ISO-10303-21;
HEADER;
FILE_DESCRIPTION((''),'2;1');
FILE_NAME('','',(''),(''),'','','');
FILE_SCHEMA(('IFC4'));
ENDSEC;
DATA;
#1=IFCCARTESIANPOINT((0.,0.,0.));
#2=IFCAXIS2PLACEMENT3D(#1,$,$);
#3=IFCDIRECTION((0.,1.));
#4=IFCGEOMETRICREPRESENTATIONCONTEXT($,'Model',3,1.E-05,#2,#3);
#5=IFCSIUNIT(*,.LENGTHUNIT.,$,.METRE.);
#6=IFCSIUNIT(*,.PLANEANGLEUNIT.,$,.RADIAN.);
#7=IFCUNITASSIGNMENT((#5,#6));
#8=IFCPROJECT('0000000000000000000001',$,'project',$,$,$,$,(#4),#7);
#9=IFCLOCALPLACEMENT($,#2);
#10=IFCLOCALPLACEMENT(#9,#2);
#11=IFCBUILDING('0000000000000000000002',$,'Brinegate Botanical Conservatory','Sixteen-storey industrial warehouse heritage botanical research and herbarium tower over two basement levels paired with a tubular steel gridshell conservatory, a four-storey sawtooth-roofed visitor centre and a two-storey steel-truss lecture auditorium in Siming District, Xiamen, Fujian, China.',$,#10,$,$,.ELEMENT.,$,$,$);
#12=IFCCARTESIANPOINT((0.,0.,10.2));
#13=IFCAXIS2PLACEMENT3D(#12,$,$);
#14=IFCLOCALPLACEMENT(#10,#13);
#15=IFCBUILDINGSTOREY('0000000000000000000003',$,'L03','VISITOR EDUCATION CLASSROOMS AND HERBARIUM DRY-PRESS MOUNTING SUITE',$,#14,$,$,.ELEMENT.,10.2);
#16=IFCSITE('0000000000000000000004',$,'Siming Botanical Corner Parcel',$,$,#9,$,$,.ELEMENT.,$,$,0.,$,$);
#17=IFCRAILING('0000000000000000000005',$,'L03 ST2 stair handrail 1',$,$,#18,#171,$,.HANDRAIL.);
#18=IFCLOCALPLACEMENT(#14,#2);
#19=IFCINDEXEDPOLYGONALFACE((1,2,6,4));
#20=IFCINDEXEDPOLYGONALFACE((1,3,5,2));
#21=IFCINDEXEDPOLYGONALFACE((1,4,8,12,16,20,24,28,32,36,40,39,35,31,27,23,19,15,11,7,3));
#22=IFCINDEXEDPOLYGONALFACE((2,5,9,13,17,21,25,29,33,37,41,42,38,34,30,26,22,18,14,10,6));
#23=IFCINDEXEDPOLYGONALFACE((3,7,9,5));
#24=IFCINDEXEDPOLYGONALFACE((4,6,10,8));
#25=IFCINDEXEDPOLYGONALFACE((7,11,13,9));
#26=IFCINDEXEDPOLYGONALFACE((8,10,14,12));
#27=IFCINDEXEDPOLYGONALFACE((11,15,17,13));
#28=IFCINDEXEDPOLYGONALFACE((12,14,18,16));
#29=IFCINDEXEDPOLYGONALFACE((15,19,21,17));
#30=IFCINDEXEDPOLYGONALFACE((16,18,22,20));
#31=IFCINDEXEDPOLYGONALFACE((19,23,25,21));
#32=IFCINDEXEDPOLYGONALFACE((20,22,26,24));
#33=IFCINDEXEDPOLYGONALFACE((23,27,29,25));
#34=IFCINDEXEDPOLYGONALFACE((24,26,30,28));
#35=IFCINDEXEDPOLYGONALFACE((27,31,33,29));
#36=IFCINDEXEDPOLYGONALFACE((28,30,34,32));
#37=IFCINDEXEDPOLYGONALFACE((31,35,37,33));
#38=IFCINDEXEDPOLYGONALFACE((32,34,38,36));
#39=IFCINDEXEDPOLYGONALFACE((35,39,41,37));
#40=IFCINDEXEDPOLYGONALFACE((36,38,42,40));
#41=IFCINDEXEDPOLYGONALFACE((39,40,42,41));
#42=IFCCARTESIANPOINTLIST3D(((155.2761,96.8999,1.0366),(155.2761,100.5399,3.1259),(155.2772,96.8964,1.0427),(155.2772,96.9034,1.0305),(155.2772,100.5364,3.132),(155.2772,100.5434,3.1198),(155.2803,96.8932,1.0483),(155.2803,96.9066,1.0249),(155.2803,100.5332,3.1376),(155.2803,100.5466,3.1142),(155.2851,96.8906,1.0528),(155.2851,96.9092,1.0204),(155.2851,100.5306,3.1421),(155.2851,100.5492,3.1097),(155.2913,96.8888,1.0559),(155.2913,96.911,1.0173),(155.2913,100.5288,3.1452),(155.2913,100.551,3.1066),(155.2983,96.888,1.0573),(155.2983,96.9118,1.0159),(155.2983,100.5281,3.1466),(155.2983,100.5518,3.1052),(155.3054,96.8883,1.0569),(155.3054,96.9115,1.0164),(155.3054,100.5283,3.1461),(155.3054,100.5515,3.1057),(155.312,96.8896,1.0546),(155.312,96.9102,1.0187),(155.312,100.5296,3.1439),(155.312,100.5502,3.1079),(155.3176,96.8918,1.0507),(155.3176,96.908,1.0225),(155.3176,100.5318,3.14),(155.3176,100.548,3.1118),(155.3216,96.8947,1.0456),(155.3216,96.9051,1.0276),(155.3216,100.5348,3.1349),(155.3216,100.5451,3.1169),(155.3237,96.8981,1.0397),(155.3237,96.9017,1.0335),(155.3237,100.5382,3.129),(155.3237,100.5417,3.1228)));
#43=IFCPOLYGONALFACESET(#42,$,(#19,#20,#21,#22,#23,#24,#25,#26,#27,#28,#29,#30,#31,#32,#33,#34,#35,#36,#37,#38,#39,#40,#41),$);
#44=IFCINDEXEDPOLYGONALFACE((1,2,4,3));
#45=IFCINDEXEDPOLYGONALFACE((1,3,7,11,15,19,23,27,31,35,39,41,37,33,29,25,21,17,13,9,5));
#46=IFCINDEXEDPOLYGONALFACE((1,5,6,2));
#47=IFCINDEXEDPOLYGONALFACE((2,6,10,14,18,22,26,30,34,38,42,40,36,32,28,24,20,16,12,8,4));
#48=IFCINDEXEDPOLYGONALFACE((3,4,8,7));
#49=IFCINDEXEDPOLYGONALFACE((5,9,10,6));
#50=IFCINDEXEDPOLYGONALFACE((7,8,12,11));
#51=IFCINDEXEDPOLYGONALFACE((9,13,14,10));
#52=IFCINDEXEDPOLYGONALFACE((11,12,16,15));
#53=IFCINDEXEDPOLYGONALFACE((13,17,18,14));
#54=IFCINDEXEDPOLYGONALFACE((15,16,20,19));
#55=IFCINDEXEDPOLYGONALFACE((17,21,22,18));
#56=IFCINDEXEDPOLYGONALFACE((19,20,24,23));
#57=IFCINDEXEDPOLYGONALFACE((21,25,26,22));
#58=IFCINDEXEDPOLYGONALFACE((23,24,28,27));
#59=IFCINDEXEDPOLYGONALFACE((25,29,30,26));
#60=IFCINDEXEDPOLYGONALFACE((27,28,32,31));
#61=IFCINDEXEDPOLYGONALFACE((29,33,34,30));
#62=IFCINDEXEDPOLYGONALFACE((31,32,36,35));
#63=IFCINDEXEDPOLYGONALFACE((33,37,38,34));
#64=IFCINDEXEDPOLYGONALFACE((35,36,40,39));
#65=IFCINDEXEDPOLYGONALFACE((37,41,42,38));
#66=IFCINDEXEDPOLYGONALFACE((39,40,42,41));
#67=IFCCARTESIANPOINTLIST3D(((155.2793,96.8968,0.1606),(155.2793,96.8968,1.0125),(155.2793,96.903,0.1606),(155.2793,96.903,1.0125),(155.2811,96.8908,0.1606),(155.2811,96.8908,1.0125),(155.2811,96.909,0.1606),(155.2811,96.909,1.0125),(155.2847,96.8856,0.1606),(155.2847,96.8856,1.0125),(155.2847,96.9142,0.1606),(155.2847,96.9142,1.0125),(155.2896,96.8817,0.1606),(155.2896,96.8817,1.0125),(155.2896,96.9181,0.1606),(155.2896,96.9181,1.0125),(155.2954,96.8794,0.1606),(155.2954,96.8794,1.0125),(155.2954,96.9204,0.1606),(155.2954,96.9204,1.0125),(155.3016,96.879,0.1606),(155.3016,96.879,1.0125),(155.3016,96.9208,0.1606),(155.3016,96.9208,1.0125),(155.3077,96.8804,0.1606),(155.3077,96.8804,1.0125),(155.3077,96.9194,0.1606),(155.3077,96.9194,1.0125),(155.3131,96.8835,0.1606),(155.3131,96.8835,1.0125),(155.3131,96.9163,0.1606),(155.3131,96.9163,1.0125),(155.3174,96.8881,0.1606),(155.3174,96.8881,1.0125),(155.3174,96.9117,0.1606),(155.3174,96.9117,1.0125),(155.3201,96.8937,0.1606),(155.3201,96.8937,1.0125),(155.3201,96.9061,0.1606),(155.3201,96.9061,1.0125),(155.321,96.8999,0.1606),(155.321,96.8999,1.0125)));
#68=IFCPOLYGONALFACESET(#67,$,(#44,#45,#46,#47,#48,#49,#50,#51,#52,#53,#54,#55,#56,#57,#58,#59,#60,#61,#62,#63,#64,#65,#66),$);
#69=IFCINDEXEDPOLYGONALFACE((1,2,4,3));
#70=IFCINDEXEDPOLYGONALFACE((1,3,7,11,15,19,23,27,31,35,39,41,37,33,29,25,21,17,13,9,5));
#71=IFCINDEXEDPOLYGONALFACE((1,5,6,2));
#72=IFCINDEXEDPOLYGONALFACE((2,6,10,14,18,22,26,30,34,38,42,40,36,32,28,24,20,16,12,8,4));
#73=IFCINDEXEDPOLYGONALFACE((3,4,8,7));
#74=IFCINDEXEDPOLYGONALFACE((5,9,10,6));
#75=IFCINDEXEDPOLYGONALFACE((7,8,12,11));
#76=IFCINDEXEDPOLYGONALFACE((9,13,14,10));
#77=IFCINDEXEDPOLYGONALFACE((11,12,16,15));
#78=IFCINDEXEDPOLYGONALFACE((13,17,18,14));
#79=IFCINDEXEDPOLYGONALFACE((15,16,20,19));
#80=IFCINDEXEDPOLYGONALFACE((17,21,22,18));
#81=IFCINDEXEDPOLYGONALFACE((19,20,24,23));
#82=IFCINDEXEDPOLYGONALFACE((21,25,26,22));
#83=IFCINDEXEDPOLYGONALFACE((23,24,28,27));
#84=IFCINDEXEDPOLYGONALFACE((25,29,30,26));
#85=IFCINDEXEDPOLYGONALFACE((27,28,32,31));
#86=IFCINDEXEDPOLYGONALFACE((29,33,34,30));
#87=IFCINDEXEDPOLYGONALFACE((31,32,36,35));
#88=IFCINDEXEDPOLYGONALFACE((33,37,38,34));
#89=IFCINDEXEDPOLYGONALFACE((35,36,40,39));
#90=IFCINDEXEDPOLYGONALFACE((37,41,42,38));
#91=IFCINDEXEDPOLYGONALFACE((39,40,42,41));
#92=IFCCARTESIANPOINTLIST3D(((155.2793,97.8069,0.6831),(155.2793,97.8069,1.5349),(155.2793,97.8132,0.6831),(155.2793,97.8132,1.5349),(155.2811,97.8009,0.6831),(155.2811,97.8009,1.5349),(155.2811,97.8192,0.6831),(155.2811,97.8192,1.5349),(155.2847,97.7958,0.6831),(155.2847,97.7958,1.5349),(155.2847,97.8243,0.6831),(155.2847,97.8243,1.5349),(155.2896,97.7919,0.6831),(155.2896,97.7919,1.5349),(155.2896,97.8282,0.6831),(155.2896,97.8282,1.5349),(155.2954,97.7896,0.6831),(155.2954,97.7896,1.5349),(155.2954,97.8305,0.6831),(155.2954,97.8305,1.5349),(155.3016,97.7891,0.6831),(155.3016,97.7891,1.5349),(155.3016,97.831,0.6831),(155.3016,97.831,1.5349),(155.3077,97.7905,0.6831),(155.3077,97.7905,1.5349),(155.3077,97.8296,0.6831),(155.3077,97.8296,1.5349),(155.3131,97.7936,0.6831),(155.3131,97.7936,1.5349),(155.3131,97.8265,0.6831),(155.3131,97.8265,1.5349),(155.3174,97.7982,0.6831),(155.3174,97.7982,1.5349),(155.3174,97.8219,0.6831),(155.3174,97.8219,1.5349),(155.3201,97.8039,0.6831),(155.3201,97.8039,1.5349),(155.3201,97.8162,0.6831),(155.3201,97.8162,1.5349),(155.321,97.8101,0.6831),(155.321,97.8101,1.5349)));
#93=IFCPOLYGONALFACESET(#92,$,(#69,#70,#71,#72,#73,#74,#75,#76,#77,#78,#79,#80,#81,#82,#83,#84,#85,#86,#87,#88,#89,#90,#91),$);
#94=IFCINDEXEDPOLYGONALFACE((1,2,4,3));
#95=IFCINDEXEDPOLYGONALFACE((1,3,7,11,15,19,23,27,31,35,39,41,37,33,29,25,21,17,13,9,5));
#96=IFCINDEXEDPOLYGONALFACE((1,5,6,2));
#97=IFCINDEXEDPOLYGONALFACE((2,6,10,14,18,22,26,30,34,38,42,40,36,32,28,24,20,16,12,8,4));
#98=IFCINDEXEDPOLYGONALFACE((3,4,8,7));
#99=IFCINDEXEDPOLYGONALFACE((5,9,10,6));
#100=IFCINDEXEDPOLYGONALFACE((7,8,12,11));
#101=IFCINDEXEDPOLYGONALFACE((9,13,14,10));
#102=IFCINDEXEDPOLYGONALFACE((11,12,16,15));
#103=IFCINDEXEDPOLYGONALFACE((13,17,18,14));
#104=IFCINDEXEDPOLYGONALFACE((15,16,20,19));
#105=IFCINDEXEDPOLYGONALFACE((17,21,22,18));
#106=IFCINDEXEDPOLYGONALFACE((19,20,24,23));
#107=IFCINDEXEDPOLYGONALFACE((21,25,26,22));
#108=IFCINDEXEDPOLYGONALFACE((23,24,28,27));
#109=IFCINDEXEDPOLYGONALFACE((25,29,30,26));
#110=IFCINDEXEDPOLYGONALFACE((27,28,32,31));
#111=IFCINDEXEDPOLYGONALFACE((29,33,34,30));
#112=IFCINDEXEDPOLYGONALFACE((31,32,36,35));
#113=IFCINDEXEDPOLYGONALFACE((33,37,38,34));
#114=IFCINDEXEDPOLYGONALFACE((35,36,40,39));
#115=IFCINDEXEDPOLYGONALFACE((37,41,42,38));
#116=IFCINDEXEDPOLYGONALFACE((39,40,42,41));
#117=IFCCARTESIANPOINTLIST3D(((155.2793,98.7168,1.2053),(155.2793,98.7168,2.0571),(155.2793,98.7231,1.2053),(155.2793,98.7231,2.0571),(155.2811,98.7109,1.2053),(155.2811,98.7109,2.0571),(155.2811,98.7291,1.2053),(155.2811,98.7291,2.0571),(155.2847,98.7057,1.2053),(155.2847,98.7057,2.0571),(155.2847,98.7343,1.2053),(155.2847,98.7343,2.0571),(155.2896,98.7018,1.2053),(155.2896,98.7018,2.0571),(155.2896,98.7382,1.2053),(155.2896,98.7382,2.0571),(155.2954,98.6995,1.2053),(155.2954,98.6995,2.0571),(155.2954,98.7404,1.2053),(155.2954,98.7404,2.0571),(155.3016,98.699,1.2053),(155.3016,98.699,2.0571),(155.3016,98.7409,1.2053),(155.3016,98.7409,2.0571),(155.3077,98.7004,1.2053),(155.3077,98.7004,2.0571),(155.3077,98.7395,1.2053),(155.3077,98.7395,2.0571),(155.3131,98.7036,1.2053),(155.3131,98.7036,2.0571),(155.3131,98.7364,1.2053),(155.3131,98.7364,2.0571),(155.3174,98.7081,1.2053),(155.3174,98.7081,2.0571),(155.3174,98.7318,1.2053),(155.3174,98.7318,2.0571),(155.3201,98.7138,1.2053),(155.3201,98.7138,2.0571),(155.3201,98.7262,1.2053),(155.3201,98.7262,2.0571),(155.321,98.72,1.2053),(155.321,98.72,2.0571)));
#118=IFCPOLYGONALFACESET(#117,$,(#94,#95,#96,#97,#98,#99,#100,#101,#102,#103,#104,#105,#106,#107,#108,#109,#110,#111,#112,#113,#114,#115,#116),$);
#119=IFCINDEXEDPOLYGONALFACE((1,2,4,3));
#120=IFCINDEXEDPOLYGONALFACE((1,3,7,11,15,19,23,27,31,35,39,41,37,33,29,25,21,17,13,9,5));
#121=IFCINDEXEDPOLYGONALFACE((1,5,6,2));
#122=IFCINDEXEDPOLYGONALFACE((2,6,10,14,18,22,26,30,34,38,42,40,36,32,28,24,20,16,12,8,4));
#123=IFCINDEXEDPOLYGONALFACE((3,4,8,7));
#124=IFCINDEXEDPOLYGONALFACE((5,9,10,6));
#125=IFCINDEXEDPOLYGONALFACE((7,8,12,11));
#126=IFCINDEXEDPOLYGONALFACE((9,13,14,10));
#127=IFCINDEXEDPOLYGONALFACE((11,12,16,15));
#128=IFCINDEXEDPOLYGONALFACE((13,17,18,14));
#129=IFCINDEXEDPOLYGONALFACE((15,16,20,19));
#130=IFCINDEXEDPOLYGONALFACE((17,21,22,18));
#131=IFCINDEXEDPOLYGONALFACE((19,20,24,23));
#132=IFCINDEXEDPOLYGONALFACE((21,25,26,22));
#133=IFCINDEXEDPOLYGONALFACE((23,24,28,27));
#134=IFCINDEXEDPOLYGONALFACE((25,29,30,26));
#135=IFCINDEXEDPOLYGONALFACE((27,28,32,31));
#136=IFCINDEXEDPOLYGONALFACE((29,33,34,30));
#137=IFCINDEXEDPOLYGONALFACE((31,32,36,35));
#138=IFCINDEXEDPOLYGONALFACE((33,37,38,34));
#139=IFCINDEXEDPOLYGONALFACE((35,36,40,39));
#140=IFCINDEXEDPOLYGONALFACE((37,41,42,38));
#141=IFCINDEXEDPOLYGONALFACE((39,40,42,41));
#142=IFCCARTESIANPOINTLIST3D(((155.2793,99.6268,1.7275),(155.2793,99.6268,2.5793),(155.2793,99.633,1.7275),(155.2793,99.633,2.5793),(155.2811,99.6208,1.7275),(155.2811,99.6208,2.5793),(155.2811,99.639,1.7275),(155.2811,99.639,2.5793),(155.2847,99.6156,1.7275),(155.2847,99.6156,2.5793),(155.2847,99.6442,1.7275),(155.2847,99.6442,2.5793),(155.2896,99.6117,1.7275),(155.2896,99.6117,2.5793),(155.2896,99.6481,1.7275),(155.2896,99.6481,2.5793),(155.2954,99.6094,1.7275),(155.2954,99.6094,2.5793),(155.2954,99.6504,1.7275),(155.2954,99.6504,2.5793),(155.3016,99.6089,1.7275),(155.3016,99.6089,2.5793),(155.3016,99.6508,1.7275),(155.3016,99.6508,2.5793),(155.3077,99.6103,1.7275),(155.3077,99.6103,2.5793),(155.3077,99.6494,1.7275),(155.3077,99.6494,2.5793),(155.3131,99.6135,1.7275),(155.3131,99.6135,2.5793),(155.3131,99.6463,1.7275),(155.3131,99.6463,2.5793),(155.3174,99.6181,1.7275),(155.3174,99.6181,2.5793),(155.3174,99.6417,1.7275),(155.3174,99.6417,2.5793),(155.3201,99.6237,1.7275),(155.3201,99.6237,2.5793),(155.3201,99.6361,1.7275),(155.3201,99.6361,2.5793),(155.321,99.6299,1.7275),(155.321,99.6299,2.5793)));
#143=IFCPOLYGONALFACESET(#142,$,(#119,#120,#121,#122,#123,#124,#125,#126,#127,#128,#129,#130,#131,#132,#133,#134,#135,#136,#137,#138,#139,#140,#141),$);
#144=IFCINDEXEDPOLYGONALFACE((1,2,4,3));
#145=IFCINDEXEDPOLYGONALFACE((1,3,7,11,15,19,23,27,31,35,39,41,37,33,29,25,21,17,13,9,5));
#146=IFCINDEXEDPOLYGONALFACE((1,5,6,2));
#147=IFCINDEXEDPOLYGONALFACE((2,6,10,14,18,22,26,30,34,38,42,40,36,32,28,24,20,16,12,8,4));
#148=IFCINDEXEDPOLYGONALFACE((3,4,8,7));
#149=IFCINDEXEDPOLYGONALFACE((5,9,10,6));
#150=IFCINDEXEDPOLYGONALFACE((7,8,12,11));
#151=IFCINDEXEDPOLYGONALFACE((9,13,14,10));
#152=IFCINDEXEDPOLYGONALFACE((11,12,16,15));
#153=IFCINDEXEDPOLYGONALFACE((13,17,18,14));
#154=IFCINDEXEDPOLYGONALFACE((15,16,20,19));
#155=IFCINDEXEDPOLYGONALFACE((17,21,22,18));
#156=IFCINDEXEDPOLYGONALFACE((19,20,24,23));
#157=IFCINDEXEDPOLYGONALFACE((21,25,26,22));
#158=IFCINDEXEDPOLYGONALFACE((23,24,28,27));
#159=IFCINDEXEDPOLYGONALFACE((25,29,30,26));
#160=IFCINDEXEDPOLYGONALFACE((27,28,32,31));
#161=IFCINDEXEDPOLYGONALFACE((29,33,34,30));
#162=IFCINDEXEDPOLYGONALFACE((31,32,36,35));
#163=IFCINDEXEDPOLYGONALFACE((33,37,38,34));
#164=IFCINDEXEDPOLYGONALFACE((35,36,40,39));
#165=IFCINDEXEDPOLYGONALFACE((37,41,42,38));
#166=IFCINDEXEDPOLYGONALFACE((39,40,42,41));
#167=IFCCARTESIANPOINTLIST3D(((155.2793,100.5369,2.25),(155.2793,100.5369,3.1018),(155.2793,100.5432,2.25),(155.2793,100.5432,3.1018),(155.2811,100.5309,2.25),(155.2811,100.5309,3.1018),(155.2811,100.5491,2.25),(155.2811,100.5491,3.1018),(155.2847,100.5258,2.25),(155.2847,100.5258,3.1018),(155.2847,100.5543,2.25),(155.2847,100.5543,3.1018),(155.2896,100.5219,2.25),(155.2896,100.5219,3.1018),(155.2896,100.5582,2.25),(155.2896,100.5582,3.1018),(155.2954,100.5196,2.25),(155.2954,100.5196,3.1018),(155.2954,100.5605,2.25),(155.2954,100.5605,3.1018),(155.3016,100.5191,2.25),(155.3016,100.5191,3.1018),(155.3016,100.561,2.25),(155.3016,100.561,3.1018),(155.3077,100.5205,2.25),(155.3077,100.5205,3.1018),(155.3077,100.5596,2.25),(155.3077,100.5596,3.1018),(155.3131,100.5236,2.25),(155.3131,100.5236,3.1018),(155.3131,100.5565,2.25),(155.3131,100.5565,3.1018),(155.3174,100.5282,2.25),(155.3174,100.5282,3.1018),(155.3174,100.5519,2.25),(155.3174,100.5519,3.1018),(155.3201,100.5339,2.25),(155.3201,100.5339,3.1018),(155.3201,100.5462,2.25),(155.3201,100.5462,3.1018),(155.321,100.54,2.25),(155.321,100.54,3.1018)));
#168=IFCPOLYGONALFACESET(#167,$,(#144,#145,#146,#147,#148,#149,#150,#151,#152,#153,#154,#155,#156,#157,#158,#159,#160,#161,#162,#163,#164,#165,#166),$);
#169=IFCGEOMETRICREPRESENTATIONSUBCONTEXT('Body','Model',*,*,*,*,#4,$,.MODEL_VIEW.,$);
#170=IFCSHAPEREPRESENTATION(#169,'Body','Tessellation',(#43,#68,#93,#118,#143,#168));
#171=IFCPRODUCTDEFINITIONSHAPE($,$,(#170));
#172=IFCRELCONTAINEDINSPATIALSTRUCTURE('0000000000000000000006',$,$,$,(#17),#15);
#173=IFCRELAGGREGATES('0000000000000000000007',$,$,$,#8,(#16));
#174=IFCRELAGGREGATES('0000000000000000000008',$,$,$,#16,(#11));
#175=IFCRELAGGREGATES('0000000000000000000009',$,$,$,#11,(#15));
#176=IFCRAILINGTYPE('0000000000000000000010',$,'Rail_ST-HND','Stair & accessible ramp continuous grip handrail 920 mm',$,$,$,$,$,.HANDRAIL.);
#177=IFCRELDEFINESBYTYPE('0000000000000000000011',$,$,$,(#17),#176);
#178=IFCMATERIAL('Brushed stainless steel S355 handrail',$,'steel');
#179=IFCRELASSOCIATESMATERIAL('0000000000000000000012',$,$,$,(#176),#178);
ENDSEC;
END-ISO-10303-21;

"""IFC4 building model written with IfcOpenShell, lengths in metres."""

from ifc_helpers import new_model, si_unit, direction, frame, origin, origin_2d, place, context, subcontext, project, spatial, circle, extrude, material, type_object, element, save


model = new_model("IFC4")

# Units and contexts
model_context = context("Model", 3, precision=1e-05, world=origin(), true_north=direction((0.0, 1.0)))
body_context = subcontext(model_context, "Body", "Model", "MODEL_VIEW")
ifc_project = project(units=[si_unit("LENGTHUNIT", "METRE"), si_unit("PLANEANGLEUNIT", "RADIAN")], contexts=[model_context])

# Site, building, storey
site_placement = place(None, origin())
site = spatial("IfcSite", under=ifc_project, at=site_placement, Name="Siming Botanical Corner Parcel", CompositionType="ELEMENT", RefElevation=0.0)
building_placement = place(site_placement, origin())
building = spatial("IfcBuilding", under=site, at=building_placement, Name="Brinegate Botanical Conservatory", Description="Sixteen-storey industrial warehouse heritage botanical research and herbarium tower over two basement levels paired with a tubular steel gridshell conservatory, a four-storey sawtooth-roofed visitor centre and a two-storey steel-truss lecture auditorium in Siming District, Xiamen, Fujian, China.", CompositionType="ELEMENT")
storey_placement = place(building_placement, frame((0.0, 0.0, 10.2)))
storey = spatial("IfcBuildingStorey", under=building, at=storey_placement, Name="L03", Description="VISITOR EDUCATION CLASSROOMS AND HERBARIUM DRY-PRESS MOUNTING SUITE", CompositionType="ELEMENT", Elevation=10.2)

# Railing
ifc_material_1 = material(Name="Brushed stainless steel S355 handrail", Category="steel")
railing_type_1 = type_object("IfcRailingType", Name="Rail_ST-HND", Description="Stair & accessible ramp continuous grip handrail 920 mm", PredefinedType="HANDRAIL", material=ifc_material_1)
railing_1_placement = place(storey_placement, frame((155.3, 96.8999, 0.1606)))
element("IfcRailing", 1, at=railing_1_placement, inside=storey, type_object=railing_type_1, Name="L03 ST2 stair handrail 1", PredefinedType="HANDRAIL", context=body_context, shape_type="SweptSolid", body=[
    extrude(circle(Radius=0.0239, at=origin_2d()), frame((0.0, 0.0, 0.876), z_axis=(0.0, 0.867289, 0.497804), x_axis=(-1.0, 0.0, 0.0)), (0.0, 0.0, 1.0), 4.197),
    extrude(circle(Radius=0.021, at=origin_2d()), origin(), (0.0, 0.0, 1.0), 0.8518),
    extrude(circle(Radius=0.021, at=origin_2d()), frame((0.0, 0.9102, 0.5225)), (0.0, 0.0, 1.0), 0.8518),
    extrude(circle(Radius=0.021, at=origin_2d()), frame((0.0, 1.8201, 1.0447)), (0.0, 0.0, 1.0), 0.8518),
    extrude(circle(Radius=0.021, at=origin_2d()), frame((0.0, 2.73, 1.5669)), (0.0, 0.0, 1.0), 0.8518),
    extrude(circle(Radius=0.021, at=origin_2d()), frame((0.0, 3.6401, 2.0894)), (0.0, 0.0, 1.0), 0.8518),
])

save(model, "model.ifc")
